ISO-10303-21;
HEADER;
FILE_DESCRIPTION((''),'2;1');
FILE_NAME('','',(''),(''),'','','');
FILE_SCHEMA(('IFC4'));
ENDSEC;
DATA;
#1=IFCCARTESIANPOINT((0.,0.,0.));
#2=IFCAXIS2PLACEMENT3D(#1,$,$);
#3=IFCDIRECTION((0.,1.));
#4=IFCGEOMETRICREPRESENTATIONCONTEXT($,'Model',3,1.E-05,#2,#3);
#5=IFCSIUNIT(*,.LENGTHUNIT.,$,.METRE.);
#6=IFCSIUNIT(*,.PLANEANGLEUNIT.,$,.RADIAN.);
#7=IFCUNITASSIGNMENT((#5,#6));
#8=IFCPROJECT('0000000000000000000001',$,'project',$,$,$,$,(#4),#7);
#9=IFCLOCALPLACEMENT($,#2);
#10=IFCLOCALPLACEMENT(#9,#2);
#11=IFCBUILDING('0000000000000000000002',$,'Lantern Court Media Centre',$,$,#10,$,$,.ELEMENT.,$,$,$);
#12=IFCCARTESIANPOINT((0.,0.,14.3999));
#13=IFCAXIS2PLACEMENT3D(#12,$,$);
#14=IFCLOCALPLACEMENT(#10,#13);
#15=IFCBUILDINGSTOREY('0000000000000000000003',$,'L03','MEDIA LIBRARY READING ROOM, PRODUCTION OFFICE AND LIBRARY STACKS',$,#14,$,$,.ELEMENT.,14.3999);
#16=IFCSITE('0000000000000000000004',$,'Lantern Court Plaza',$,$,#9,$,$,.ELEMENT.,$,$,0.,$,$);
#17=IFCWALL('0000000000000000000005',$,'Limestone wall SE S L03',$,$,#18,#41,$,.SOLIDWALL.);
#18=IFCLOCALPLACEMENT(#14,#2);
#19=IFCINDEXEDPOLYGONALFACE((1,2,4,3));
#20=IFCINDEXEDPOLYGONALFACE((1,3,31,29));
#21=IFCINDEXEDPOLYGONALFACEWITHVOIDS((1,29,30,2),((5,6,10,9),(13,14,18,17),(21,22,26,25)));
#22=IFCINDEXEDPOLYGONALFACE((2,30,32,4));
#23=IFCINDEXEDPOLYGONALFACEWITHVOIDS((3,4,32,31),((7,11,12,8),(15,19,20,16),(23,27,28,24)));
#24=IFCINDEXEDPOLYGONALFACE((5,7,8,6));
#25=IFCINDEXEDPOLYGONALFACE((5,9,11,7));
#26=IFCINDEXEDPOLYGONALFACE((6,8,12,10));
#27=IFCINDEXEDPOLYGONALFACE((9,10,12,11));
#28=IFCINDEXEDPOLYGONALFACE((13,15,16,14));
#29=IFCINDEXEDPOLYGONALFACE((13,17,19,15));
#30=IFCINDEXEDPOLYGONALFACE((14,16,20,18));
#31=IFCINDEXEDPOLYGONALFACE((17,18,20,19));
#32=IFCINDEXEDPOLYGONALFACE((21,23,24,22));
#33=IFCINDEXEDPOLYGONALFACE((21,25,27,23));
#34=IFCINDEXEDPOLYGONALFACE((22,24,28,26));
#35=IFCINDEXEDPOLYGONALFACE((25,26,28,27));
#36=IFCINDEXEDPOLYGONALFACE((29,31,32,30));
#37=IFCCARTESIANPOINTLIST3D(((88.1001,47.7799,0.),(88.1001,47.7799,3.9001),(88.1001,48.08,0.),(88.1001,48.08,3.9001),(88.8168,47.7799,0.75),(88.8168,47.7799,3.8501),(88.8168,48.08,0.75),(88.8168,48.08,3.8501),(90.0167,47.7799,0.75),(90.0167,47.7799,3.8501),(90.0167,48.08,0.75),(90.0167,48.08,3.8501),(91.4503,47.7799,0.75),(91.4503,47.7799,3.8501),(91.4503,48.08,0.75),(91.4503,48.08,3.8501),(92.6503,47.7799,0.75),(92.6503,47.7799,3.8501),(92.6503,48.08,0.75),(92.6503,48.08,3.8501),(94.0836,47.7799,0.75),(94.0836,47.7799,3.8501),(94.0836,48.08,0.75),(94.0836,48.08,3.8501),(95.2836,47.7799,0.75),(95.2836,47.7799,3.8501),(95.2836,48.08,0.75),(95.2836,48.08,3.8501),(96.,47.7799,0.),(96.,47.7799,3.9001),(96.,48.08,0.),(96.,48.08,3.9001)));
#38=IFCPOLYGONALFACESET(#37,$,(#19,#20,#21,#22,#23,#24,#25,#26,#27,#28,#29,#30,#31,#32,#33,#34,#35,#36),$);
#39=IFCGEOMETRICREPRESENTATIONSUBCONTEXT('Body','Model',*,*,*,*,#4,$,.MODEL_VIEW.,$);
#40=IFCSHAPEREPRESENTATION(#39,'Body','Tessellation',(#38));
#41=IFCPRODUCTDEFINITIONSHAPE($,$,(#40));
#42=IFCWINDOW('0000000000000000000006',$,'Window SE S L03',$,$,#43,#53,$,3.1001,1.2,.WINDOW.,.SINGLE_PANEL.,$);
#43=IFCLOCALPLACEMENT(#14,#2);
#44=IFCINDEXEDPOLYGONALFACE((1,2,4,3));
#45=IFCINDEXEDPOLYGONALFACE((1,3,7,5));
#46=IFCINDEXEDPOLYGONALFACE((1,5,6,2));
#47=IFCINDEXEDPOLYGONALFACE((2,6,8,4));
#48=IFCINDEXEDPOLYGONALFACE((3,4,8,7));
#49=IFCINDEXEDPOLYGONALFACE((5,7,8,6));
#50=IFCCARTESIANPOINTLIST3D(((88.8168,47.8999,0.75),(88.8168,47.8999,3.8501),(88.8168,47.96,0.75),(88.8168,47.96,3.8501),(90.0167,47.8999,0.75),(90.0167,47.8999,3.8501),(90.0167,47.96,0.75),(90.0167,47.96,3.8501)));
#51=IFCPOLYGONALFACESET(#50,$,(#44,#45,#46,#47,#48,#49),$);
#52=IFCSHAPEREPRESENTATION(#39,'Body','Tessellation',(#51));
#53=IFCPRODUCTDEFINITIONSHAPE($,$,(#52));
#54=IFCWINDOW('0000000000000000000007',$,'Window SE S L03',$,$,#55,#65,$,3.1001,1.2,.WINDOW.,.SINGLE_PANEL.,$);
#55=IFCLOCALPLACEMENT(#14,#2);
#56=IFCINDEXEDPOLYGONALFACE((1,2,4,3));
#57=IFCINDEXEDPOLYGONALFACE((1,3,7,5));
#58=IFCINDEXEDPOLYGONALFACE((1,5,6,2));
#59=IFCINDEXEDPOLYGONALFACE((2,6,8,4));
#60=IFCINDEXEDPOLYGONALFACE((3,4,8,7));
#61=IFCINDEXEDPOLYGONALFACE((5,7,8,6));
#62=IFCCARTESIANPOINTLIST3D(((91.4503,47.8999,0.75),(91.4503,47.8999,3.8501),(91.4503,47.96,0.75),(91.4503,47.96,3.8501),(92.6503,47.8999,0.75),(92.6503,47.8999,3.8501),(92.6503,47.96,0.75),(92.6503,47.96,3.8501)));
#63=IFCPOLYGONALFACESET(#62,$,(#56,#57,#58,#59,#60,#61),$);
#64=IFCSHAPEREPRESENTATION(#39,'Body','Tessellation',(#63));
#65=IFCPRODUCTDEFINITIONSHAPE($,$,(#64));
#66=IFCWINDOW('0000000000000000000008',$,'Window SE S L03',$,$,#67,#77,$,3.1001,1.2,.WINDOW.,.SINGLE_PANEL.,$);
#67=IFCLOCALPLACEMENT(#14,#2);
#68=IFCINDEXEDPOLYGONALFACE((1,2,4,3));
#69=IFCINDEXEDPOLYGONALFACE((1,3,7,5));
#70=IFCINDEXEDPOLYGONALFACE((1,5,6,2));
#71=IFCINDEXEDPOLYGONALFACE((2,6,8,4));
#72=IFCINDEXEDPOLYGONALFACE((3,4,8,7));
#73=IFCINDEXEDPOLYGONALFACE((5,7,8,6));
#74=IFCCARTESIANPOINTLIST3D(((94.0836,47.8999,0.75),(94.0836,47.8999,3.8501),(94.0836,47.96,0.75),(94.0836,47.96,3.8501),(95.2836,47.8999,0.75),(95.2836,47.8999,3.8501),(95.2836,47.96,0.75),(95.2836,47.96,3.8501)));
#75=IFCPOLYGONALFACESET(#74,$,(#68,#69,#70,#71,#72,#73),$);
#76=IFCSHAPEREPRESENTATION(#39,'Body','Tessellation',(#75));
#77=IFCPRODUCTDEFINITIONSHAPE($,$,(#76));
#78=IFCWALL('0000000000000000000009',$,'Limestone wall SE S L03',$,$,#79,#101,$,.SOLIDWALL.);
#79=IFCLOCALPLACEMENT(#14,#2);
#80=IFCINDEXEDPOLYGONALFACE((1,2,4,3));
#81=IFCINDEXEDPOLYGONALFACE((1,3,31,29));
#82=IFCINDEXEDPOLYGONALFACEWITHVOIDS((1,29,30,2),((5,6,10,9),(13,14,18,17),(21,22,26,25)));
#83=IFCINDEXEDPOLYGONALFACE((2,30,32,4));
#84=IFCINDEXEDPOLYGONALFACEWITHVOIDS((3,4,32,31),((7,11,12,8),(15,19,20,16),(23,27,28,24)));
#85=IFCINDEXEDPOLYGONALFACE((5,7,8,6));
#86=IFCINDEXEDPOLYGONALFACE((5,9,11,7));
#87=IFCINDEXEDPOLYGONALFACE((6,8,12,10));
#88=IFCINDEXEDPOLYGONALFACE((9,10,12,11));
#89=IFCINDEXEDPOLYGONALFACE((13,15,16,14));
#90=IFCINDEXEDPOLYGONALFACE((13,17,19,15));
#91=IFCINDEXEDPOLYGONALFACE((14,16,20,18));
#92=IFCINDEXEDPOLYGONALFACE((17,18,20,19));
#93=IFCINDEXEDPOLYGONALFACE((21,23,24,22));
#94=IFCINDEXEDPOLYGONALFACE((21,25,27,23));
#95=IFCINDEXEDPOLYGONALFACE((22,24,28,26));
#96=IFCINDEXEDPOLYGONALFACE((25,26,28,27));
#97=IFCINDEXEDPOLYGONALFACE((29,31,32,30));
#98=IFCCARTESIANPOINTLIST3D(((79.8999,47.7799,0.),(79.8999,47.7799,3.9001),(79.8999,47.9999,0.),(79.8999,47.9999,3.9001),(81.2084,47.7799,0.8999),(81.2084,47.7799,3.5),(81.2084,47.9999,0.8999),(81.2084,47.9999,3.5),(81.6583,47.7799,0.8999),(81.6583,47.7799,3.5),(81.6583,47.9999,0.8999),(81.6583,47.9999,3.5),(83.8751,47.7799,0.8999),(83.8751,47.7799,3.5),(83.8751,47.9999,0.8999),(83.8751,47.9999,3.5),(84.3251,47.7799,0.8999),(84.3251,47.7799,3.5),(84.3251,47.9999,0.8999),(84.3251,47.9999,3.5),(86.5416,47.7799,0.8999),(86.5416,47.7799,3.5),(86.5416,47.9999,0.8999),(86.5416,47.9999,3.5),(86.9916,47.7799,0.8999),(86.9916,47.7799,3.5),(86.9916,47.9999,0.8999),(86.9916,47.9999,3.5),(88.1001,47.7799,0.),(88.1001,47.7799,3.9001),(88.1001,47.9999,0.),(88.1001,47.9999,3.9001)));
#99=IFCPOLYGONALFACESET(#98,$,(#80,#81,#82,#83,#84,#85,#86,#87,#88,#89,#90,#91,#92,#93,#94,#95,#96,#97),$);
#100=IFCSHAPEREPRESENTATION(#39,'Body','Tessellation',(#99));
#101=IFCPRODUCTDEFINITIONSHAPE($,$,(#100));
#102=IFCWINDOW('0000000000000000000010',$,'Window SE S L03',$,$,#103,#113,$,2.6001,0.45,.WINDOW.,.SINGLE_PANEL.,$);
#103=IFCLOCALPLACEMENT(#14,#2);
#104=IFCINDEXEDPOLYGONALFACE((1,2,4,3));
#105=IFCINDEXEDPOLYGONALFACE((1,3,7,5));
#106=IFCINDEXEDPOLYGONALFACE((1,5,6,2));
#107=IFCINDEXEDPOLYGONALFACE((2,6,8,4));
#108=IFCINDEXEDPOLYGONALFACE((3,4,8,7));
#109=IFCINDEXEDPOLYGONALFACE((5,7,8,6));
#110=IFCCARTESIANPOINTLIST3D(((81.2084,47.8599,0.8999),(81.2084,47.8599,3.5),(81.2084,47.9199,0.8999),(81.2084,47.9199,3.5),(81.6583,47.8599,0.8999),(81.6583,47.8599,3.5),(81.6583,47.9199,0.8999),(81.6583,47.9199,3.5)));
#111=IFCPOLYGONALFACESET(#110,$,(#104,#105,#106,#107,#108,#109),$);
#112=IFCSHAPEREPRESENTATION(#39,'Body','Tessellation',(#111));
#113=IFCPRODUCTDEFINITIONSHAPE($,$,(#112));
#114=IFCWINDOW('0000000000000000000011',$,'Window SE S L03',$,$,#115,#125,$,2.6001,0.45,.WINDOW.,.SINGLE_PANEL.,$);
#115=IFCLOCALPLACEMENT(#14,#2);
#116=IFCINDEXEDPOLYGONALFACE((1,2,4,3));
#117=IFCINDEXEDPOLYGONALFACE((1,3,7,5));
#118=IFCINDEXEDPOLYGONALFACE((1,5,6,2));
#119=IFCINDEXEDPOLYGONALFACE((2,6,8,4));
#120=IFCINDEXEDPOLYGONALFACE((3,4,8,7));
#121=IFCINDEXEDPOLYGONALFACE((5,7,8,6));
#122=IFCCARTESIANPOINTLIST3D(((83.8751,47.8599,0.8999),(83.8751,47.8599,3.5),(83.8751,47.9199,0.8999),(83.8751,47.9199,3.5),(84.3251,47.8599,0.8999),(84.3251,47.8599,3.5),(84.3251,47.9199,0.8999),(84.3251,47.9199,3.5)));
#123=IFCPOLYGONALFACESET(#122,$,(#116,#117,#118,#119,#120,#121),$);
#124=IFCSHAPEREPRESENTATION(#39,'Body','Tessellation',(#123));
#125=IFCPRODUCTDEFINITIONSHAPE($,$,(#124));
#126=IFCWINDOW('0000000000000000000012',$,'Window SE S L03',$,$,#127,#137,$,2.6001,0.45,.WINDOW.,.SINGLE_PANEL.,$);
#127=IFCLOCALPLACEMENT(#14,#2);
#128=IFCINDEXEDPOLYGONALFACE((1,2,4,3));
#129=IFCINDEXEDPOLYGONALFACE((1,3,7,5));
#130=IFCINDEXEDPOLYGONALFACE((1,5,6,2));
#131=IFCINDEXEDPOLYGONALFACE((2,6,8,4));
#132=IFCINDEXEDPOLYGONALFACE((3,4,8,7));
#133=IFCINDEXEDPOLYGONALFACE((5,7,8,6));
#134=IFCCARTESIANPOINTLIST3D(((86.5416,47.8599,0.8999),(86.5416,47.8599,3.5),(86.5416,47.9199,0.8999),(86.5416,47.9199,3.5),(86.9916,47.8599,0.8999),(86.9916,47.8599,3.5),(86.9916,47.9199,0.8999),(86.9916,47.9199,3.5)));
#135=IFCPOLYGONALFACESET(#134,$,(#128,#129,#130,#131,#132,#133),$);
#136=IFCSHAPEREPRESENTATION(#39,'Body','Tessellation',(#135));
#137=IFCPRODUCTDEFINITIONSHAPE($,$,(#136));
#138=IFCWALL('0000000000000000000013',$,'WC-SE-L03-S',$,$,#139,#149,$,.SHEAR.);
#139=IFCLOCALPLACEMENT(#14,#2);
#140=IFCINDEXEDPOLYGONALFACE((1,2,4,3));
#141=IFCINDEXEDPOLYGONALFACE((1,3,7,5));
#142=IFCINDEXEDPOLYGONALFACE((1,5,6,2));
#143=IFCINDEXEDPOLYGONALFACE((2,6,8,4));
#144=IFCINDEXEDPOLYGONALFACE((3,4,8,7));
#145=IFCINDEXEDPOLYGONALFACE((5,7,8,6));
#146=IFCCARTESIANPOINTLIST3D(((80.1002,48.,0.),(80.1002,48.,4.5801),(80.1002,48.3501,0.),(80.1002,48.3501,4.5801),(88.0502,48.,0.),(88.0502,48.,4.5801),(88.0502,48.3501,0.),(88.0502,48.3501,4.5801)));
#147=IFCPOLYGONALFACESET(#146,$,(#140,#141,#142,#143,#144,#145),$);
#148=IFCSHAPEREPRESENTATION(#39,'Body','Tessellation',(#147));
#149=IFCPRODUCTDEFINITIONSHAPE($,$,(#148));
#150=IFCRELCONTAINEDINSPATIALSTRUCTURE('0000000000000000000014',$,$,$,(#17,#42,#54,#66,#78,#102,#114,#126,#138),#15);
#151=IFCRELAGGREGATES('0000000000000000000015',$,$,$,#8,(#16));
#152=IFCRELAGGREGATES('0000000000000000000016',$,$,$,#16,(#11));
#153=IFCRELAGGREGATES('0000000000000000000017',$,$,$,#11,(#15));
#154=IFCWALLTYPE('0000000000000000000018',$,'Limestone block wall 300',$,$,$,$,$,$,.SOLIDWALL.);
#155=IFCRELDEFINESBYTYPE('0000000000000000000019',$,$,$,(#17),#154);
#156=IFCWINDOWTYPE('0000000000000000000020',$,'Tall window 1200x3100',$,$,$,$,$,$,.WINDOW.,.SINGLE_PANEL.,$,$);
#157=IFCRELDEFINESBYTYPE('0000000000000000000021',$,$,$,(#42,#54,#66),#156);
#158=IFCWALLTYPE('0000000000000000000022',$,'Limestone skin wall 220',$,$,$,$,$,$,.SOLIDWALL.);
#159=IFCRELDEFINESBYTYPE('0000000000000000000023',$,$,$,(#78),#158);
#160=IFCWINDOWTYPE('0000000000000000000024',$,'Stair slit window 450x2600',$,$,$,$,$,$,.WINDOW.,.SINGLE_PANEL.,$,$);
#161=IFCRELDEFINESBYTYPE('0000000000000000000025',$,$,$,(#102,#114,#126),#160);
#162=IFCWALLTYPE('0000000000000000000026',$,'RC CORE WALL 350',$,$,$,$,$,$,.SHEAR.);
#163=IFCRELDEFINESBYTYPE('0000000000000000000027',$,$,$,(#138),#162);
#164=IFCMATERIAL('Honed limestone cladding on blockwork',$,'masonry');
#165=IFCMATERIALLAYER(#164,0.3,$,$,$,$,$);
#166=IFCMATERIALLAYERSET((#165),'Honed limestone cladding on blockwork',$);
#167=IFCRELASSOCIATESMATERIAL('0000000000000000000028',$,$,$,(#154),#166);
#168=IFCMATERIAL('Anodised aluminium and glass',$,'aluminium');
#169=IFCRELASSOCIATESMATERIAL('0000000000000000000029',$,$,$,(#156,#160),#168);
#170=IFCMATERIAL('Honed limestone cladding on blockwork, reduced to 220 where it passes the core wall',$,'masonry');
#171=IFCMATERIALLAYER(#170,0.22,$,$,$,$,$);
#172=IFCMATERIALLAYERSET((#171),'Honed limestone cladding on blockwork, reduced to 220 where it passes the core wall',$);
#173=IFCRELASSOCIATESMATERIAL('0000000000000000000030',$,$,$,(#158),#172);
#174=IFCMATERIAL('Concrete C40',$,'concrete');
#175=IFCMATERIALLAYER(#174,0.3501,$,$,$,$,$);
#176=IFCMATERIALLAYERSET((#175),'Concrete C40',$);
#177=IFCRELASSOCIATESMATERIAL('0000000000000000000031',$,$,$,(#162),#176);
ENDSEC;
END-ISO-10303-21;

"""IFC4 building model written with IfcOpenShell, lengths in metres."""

from ifc_helpers import new_model, si_unit, direction, frame, frame_2d, origin, place, context, subcontext, project, spatial, rectangle, extrude, material, layer, layer_set, type_object, element, fill, save


model = new_model("IFC4")

# Units and contexts
model_context = context("Model", 3, precision=1e-05, world=origin(), true_north=direction((0.0, 1.0)))
body_context = subcontext(model_context, "Body", "Model", "MODEL_VIEW")
ifc_project = project(units=[si_unit("LENGTHUNIT", "METRE"), si_unit("PLANEANGLEUNIT", "RADIAN")], contexts=[model_context])

# Site, building, storey
site_placement = place(None, origin())
site = spatial("IfcSite", under=ifc_project, at=site_placement, Name="Lantern Court Plaza", CompositionType="ELEMENT", RefElevation=0.0)
building_placement = place(site_placement, origin())
building = spatial("IfcBuilding", under=site, at=building_placement, Name="Lantern Court Media Centre", CompositionType="ELEMENT")
storey_placement = place(building_placement, frame((0.0, 0.0, 14.3999)))
storey = spatial("IfcBuildingStorey", under=building, at=storey_placement, Name="L03", Description="MEDIA LIBRARY READING ROOM, PRODUCTION OFFICE AND LIBRARY STACKS", CompositionType="ELEMENT", Elevation=14.3999)

# Walls, openings, windows
ifc_material_1 = material(Name="Honed limestone cladding on blockwork", Category="masonry")
ifc_layer_1 = layer(ifc_material_1, 0.3)
ifc_layer_set_1 = layer_set([ifc_layer_1], Name="Honed limestone cladding on blockwork")
wall_type_1 = type_object("IfcWallType", Name="Limestone block wall 300", PredefinedType="SOLIDWALL", material=ifc_layer_set_1)
wall_1_placement = place(storey_placement, frame((88.1001, 47.9299, 0.0), z_axis=(0.0, 0.0, 1.0), x_axis=(1.0, 0.0, 0.0)))
wall_1 = element("IfcWall", 1, at=wall_1_placement, inside=storey, type_object=wall_type_1, Name="Limestone wall SE S L03", PredefinedType="SOLIDWALL", context=body_context, shape_type="SweptSolid", body=[
    extrude(rectangle(XDim=7.8999, YDim=0.3, at=frame_2d((3.95, 0.0))), origin(), (0.0, 0.0, 1.0), 3.9001),
])
opening_1_placement = place(wall_1_placement, frame((0.7166, 0.0, 0.75)))
opening_1 = element("IfcOpeningElement", 2, at=opening_1_placement, cuts=wall_1, PredefinedType="OPENING", context=body_context, shape_type="SweptSolid", body=[
    extrude(rectangle(XDim=1.2, YDim=3.1001, at=frame_2d((0.6001, 1.55))), frame((0.0, 0.1599, 0.0), z_axis=(0.0, -1.0, 0.0), x_axis=(1.0, 0.0, 0.0)), (0.0, 0.0, 1.0), 0.3201),
])
opening_2_placement = place(wall_1_placement, frame((3.3501, 0.0, 0.75)))
opening_2 = element("IfcOpeningElement", 3, at=opening_2_placement, cuts=wall_1, PredefinedType="OPENING", context=body_context, shape_type="SweptSolid", body=[
    extrude(rectangle(XDim=1.2, YDim=3.1001, at=frame_2d((0.6001, 1.55))), frame((0.0, 0.1599, 0.0), z_axis=(0.0, -1.0, 0.0), x_axis=(1.0, 0.0, 0.0)), (0.0, 0.0, 1.0), 0.3201),
])
opening_3_placement = place(wall_1_placement, frame((5.9834, 0.0, 0.75)))
opening_3 = element("IfcOpeningElement", 4, at=opening_3_placement, cuts=wall_1, PredefinedType="OPENING", context=body_context, shape_type="SweptSolid", body=[
    extrude(rectangle(XDim=1.2, YDim=3.1001, at=frame_2d((0.6001, 1.55))), frame((0.0, 0.1599, 0.0), z_axis=(0.0, -1.0, 0.0), x_axis=(1.0, 0.0, 0.0)), (0.0, 0.0, 1.0), 0.3201),
])
ifc_material_2 = material(Name="Anodised aluminium and glass", Category="aluminium")
window_type_1 = type_object("IfcWindowType", Name="Tall window 1200x3100", PartitioningType="SINGLE_PANEL", PredefinedType="WINDOW", material=ifc_material_2)
window_1_placement = place(opening_1_placement, origin())
window_1 = element("IfcWindow", 5, at=window_1_placement, inside=storey, type_object=window_type_1, Name="Window SE S L03", OverallHeight=3.1001, OverallWidth=1.2, PartitioningType="SINGLE_PANEL", PredefinedType="WINDOW", context=body_context, shape_type="SweptSolid", body=[
    extrude(rectangle(XDim=1.2, YDim=3.1001, at=frame_2d((0.6001, 1.55))), frame((0.0, 0.03, 0.0), z_axis=(0.0, -1.0, 0.0), x_axis=(1.0, 0.0, 0.0)), (0.0, 0.0, 1.0), 0.0601),
])
fill(opening_1, window_1)
window_2_placement = place(opening_2_placement, origin())
window_2 = element("IfcWindow", 6, at=window_2_placement, inside=storey, type_object=window_type_1, Name="Window SE S L03", OverallHeight=3.1001, OverallWidth=1.2, PartitioningType="SINGLE_PANEL", PredefinedType="WINDOW", context=body_context, shape_type="SweptSolid", body=[
    extrude(rectangle(XDim=1.2, YDim=3.1001, at=frame_2d((0.6001, 1.55))), frame((0.0, 0.03, 0.0), z_axis=(0.0, -1.0, 0.0), x_axis=(1.0, 0.0, 0.0)), (0.0, 0.0, 1.0), 0.0601),
])
fill(opening_2, window_2)
window_3_placement = place(opening_3_placement, origin())
window_3 = element("IfcWindow", 7, at=window_3_placement, inside=storey, type_object=window_type_1, Name="Window SE S L03", OverallHeight=3.1001, OverallWidth=1.2, PartitioningType="SINGLE_PANEL", PredefinedType="WINDOW", context=body_context, shape_type="SweptSolid", body=[
    extrude(rectangle(XDim=1.2, YDim=3.1001, at=frame_2d((0.6001, 1.55))), frame((0.0, 0.03, 0.0), z_axis=(0.0, -1.0, 0.0), x_axis=(1.0, 0.0, 0.0)), (0.0, 0.0, 1.0), 0.0601),
])
fill(opening_3, window_3)
ifc_material_3 = material(Name="Honed limestone cladding on blockwork, reduced to 220 where it passes the core wall", Category="masonry")
ifc_layer_2 = layer(ifc_material_3, 0.22)
ifc_layer_set_2 = layer_set([ifc_layer_2], Name="Honed limestone cladding on blockwork, reduced to 220 where it passes the core wall")
wall_type_2 = type_object("IfcWallType", Name="Limestone skin wall 220", PredefinedType="SOLIDWALL", material=ifc_layer_set_2)
wall_2_placement = place(storey_placement, frame((79.8999, 47.8899, 0.0), z_axis=(0.0, 0.0, 1.0), x_axis=(1.0, 0.0, 0.0)))
wall_2 = element("IfcWall", 8, at=wall_2_placement, inside=storey, type_object=wall_type_2, Name="Limestone wall SE S L03", PredefinedType="SOLIDWALL", context=body_context, shape_type="SweptSolid", body=[
    extrude(rectangle(XDim=8.2002, YDim=0.22, at=frame_2d((4.1001, 0.0))), origin(), (0.0, 0.0, 1.0), 3.9001),
])
opening_4_placement = place(wall_2_placement, frame((1.3083, 0.0, 0.8999)))
opening_4 = element("IfcOpeningElement", 9, at=opening_4_placement, cuts=wall_2, PredefinedType="OPENING", context=body_context, shape_type="SweptSolid", body=[
    extrude(rectangle(XDim=0.45, YDim=2.6001, at=frame_2d((0.2251, 1.3))), frame((0.0, 0.1199, 0.0), z_axis=(0.0, -1.0, 0.0), x_axis=(1.0, 0.0, 0.0)), (0.0, 0.0, 1.0), 0.24),
])
opening_5_placement = place(wall_2_placement, frame((3.9751, 0.0, 0.8999)))
opening_5 = element("IfcOpeningElement", 10, at=opening_5_placement, cuts=wall_2, PredefinedType="OPENING", context=body_context, shape_type="SweptSolid", body=[
    extrude(rectangle(XDim=0.45, YDim=2.6001, at=frame_2d((0.2251, 1.3))), frame((0.0, 0.1199, 0.0), z_axis=(0.0, -1.0, 0.0), x_axis=(1.0, 0.0, 0.0)), (0.0, 0.0, 1.0), 0.24),
])
opening_6_placement = place(wall_2_placement, frame((6.6416, 0.0, 0.8999)))
opening_6 = element("IfcOpeningElement", 11, at=opening_6_placement, cuts=wall_2, PredefinedType="OPENING", context=body_context, shape_type="SweptSolid", body=[
    extrude(rectangle(XDim=0.45, YDim=2.6001, at=frame_2d((0.2251, 1.3))), frame((0.0, 0.1199, 0.0), z_axis=(0.0, -1.0, 0.0), x_axis=(1.0, 0.0, 0.0)), (0.0, 0.0, 1.0), 0.24),
])
window_type_2 = type_object("IfcWindowType", Name="Stair slit window 450x2600", PartitioningType="SINGLE_PANEL", PredefinedType="WINDOW", material=ifc_material_2)
window_4_placement = place(opening_4_placement, origin())
window_4 = element("IfcWindow", 12, at=window_4_placement, inside=storey, type_object=window_type_2, Name="Window SE S L03", OverallHeight=2.6001, OverallWidth=0.45, PartitioningType="SINGLE_PANEL", PredefinedType="WINDOW", context=body_context, shape_type="SweptSolid", body=[
    extrude(rectangle(XDim=0.45, YDim=2.6001, at=frame_2d((0.2251, 1.3))), frame((0.0, 0.03, 0.0), z_axis=(0.0, -1.0, 0.0), x_axis=(1.0, 0.0, 0.0)), (0.0, 0.0, 1.0), 0.0601),
])
fill(opening_4, window_4)
window_5_placement = place(opening_5_placement, origin())
window_5 = element("IfcWindow", 13, at=window_5_placement, inside=storey, type_object=window_type_2, Name="Window SE S L03", OverallHeight=2.6001, OverallWidth=0.45, PartitioningType="SINGLE_PANEL", PredefinedType="WINDOW", context=body_context, shape_type="SweptSolid", body=[
    extrude(rectangle(XDim=0.45, YDim=2.6001, at=frame_2d((0.2251, 1.3))), frame((0.0, 0.03, 0.0), z_axis=(0.0, -1.0, 0.0), x_axis=(1.0, 0.0, 0.0)), (0.0, 0.0, 1.0), 0.0601),
])
fill(opening_5, window_5)
window_6_placement = place(opening_6_placement, origin())
window_6 = element("IfcWindow", 14, at=window_6_placement, inside=storey, type_object=window_type_2, Name="Window SE S L03", OverallHeight=2.6001, OverallWidth=0.45, PartitioningType="SINGLE_PANEL", PredefinedType="WINDOW", context=body_context, shape_type="SweptSolid", body=[
    extrude(rectangle(XDim=0.45, YDim=2.6001, at=frame_2d((0.2251, 1.3))), frame((0.0, 0.03, 0.0), z_axis=(0.0, -1.0, 0.0), x_axis=(1.0, 0.0, 0.0)), (0.0, 0.0, 1.0), 0.0601),
])
fill(opening_6, window_6)

# Wall
ifc_material_4 = material(Name="Concrete C40", Category="concrete")
ifc_layer_3 = layer(ifc_material_4, 0.3501)
ifc_layer_set_3 = layer_set([ifc_layer_3], Name="Concrete C40")
wall_type_3 = type_object("IfcWallType", Name="RC CORE WALL 350", PredefinedType="SHEAR", material=ifc_layer_set_3)
wall_3_placement = place(storey_placement, frame((80.1001, 48.175, 0.0), z_axis=(0.0, 0.0, 1.0), x_axis=(1.0, 0.0, 0.0)))
element("IfcWall", 15, at=wall_3_placement, inside=storey, type_object=wall_type_3, Name="WC-SE-L03-S", PredefinedType="SHEAR", context=body_context, shape_type="SweptSolid", body=[
    extrude(rectangle(XDim=7.95, YDim=0.3501, at=frame_2d((3.9751, 0.0))), origin(), (0.0, 0.0, 1.0), 4.5801),
])

save(model, "model.ifc")
